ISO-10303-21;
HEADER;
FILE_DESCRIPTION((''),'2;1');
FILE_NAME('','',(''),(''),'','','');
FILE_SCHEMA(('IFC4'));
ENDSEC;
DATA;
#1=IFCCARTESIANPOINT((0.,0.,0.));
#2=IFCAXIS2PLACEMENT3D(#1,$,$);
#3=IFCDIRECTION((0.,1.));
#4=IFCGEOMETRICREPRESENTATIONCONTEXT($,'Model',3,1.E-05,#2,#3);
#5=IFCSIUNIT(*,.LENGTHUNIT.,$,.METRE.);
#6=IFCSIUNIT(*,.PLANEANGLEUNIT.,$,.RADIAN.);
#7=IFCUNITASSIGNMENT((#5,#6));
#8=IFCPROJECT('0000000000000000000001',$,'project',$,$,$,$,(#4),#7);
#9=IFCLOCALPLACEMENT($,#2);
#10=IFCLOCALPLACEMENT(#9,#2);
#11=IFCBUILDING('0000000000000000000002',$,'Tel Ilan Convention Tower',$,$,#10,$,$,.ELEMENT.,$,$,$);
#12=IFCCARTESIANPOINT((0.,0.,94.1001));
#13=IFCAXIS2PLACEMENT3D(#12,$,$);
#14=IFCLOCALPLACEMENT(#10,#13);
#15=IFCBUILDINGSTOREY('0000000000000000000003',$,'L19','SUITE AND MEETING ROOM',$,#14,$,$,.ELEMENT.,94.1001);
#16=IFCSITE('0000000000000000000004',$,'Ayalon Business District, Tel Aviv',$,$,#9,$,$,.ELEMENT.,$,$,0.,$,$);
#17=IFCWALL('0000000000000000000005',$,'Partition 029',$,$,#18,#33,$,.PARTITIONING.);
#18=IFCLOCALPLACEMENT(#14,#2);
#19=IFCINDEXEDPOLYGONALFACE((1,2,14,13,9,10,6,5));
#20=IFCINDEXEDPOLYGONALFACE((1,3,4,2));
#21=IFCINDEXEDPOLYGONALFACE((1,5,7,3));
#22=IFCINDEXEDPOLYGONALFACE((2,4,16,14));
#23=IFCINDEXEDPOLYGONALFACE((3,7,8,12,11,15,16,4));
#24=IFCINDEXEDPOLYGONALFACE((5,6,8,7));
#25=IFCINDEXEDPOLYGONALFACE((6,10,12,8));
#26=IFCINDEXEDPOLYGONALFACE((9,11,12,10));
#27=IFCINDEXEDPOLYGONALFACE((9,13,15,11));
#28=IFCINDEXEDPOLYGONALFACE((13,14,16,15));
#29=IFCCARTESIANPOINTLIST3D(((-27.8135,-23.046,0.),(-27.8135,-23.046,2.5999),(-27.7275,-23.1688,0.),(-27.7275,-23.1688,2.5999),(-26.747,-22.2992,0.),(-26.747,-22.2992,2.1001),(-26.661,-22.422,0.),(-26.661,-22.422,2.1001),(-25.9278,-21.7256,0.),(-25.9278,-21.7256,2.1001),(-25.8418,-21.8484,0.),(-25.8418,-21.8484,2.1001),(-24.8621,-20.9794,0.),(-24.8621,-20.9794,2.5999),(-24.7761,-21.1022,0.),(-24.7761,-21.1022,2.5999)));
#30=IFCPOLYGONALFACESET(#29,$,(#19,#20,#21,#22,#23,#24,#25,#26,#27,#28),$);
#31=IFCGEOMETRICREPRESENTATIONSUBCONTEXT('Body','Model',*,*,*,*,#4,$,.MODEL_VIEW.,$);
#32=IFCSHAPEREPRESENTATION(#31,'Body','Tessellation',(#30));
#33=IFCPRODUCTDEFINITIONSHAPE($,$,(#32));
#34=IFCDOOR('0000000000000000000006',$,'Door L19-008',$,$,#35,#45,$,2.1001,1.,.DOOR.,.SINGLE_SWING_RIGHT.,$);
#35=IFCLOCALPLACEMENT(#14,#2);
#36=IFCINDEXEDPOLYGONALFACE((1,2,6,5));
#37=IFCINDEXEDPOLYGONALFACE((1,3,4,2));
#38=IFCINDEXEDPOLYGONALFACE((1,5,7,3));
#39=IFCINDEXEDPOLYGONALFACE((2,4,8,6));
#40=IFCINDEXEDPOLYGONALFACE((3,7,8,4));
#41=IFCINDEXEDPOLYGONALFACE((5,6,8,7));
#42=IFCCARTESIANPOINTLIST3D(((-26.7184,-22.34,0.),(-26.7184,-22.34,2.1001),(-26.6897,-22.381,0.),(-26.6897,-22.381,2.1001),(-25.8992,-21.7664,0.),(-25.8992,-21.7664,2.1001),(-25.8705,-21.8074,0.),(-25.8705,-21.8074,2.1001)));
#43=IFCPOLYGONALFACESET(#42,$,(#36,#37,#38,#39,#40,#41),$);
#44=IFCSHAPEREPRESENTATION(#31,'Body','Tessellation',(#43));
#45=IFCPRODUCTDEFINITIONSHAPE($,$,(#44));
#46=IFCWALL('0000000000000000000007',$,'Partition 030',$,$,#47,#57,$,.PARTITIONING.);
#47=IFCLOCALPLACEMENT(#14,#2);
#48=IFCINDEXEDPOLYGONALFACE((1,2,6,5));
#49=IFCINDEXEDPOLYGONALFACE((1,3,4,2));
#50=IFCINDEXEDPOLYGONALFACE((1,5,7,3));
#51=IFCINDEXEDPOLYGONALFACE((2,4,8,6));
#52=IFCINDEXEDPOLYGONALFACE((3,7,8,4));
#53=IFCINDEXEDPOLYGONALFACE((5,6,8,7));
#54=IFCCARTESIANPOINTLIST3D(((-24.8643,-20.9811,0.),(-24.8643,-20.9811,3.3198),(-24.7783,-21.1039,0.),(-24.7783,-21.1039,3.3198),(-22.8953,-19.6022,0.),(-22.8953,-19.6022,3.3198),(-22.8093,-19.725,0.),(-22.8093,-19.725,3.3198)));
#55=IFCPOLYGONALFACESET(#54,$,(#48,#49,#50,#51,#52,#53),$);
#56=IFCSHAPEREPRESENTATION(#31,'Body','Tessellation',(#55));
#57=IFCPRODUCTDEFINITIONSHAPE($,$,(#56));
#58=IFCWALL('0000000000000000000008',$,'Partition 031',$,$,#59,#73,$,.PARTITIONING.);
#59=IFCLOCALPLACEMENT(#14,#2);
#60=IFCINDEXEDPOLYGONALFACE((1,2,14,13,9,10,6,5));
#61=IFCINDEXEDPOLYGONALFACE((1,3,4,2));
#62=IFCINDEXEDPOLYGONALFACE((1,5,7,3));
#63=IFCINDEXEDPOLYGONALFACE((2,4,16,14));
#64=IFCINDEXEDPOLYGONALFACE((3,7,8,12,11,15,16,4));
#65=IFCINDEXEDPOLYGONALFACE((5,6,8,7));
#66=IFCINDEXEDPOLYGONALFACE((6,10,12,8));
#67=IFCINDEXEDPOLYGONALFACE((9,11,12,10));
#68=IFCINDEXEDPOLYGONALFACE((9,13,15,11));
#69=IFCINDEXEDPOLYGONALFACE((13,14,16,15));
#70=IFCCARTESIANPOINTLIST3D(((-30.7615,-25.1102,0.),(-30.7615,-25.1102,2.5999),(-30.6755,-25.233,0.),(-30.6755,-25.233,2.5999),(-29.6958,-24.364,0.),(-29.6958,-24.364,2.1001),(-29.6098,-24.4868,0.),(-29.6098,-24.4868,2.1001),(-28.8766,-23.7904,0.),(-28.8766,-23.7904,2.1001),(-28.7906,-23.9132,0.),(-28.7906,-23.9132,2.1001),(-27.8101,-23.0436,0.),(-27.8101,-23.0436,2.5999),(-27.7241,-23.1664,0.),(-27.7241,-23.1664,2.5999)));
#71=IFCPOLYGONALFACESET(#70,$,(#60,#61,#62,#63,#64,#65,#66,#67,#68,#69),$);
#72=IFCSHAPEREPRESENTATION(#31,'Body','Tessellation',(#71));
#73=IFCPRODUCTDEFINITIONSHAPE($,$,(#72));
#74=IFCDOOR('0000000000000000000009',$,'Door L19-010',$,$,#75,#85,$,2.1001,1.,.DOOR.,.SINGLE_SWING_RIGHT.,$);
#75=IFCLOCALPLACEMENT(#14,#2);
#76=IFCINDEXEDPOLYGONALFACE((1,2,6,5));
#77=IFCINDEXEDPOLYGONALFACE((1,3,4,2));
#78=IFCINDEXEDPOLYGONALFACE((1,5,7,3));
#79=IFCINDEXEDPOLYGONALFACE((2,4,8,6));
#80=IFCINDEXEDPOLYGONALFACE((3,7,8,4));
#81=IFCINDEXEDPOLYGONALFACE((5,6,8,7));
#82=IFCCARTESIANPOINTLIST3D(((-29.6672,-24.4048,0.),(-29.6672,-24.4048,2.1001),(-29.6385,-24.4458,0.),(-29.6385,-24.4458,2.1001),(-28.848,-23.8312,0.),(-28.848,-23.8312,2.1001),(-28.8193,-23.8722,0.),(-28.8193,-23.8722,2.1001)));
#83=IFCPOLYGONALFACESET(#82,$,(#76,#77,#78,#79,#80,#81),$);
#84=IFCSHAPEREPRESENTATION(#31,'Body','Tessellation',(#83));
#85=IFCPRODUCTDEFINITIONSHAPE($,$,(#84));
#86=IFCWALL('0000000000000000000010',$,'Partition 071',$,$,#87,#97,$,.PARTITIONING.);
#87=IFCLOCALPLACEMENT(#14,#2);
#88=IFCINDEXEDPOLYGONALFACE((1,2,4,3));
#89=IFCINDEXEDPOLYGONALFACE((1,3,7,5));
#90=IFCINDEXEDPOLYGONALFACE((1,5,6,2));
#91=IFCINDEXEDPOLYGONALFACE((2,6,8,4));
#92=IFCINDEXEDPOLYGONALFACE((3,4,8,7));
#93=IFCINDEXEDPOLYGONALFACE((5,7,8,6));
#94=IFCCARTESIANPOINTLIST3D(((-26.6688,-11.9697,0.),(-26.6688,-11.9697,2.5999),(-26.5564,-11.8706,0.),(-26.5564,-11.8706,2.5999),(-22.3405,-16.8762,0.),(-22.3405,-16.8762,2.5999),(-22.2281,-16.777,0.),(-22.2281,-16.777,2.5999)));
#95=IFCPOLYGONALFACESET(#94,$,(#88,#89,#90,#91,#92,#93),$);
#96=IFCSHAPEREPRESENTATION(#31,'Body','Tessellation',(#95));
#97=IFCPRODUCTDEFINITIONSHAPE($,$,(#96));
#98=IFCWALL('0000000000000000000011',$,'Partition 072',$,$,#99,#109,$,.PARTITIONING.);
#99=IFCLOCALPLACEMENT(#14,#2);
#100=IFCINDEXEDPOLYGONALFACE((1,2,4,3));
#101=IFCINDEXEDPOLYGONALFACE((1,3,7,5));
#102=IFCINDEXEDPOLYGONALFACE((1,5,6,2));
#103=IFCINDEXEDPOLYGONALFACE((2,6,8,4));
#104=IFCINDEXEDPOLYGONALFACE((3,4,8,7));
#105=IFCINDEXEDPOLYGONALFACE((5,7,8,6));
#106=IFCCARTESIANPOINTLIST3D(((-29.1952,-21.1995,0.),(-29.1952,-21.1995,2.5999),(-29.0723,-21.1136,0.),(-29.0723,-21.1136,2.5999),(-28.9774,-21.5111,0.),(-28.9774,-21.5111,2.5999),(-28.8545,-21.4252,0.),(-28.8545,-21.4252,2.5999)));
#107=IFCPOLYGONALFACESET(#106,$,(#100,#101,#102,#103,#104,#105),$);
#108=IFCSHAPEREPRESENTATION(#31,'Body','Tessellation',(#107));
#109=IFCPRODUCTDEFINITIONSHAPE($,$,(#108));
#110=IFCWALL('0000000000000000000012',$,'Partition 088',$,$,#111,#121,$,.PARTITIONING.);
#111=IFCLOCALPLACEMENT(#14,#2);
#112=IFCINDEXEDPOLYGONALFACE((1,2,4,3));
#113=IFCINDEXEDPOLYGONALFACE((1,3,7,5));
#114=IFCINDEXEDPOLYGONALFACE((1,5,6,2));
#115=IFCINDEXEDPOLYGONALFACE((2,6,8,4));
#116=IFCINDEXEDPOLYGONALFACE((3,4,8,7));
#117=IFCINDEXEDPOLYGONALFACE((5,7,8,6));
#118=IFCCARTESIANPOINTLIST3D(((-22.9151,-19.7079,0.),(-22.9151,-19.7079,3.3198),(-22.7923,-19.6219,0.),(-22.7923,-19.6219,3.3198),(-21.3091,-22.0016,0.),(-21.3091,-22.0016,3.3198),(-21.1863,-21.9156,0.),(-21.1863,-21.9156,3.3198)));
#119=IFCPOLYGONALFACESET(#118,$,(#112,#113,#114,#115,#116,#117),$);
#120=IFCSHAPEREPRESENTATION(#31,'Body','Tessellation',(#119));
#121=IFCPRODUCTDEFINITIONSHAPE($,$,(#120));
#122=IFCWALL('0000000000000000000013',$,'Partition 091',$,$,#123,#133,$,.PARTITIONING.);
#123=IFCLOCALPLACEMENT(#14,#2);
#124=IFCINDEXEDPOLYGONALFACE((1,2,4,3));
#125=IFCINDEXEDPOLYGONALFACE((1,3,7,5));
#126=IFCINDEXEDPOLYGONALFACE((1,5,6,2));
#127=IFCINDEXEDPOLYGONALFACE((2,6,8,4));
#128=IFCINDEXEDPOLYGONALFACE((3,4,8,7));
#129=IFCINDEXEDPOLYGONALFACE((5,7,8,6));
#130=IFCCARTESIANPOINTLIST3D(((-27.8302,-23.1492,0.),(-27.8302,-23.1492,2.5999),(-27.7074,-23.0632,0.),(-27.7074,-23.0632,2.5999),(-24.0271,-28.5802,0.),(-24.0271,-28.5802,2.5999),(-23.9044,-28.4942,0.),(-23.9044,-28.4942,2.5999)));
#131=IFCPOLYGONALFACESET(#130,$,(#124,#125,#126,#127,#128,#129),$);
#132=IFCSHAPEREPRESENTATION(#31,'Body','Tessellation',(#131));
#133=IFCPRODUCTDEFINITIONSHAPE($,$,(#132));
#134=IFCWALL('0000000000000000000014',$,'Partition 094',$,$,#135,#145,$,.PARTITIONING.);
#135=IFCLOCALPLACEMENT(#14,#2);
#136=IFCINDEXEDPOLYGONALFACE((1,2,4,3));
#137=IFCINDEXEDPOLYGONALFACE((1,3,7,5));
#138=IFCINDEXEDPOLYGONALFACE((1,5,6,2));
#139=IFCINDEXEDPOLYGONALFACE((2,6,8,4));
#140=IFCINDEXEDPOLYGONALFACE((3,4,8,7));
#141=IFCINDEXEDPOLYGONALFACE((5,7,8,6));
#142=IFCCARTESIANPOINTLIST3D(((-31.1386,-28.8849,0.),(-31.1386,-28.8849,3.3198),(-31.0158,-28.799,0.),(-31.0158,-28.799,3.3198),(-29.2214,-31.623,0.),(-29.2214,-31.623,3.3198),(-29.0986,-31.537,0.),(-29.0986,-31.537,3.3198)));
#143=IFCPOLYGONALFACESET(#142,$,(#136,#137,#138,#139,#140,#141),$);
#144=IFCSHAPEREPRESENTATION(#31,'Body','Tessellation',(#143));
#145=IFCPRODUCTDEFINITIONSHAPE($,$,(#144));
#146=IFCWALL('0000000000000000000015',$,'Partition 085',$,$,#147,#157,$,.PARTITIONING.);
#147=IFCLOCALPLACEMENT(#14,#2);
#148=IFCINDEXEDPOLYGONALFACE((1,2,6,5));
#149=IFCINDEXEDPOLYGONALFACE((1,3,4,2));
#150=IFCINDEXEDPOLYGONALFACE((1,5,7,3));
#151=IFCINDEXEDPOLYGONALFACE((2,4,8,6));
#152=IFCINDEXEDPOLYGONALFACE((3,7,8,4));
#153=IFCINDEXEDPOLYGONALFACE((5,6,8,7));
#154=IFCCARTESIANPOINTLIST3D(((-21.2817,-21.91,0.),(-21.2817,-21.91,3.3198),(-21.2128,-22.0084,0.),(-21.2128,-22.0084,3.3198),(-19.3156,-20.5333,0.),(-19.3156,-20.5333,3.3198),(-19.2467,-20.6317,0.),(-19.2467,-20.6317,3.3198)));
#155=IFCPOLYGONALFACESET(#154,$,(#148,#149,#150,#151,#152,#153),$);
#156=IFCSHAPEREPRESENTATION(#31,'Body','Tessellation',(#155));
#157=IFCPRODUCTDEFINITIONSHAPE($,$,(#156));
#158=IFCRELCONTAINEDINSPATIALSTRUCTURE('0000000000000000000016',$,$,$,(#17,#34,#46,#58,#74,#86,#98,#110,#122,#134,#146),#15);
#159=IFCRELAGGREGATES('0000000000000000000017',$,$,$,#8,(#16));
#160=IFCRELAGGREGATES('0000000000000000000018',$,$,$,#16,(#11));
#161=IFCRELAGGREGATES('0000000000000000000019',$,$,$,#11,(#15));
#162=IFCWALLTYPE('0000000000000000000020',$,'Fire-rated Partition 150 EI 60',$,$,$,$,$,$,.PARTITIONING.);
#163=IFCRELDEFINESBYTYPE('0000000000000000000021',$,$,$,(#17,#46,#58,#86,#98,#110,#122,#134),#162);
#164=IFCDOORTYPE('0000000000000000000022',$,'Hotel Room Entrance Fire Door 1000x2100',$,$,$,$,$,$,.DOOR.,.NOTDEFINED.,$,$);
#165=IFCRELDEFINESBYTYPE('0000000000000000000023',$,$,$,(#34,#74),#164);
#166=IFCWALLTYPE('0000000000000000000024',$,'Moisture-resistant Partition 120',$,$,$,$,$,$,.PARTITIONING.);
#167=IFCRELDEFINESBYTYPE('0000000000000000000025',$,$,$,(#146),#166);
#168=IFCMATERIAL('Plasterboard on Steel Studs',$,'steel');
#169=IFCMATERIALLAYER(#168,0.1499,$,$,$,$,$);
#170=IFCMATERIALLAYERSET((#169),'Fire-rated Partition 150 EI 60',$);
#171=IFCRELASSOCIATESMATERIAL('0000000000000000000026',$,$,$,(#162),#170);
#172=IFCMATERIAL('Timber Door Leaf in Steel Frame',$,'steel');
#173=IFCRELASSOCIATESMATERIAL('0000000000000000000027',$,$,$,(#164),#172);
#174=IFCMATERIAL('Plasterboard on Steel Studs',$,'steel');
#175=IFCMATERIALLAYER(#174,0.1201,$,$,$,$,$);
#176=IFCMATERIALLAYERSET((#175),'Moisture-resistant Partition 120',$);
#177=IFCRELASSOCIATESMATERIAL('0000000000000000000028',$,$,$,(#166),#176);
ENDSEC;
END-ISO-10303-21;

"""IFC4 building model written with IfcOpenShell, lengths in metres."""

from ifc_helpers import new_model, si_unit, direction, frame, frame_2d, origin, place, context, subcontext, project, spatial, rectangle, extrude, material, layer, layer_set, type_object, element, fill, save


model = new_model("IFC4")

# Units and contexts
model_context = context("Model", 3, precision=1e-05, world=origin(), true_north=direction((0.0, 1.0)))
body_context = subcontext(model_context, "Body", "Model", "MODEL_VIEW")
ifc_project = project(units=[si_unit("LENGTHUNIT", "METRE"), si_unit("PLANEANGLEUNIT", "RADIAN")], contexts=[model_context])

# Site, building, storey
site_placement = place(None, origin())
site = spatial("IfcSite", under=ifc_project, at=site_placement, Name="Ayalon Business District, Tel Aviv", CompositionType="ELEMENT", RefElevation=0.0)
building_placement = place(site_placement, origin())
building = spatial("IfcBuilding", under=site, at=building_placement, Name="Tel Ilan Convention Tower", CompositionType="ELEMENT")
storey_placement = place(building_placement, frame((0.0, 0.0, 94.1001)))
storey = spatial("IfcBuildingStorey", under=building, at=storey_placement, Name="L19", Description="SUITE AND MEETING ROOM", CompositionType="ELEMENT", Elevation=94.1001)

# Shared definitions
ifc_material_1 = material(Name="Plasterboard on Steel Studs", Category="steel")
ifc_layer_1 = layer(ifc_material_1, 0.1499)
ifc_layer_set_1 = layer_set([ifc_layer_1], Name="Fire-rated Partition 150 EI 60")
wall_type_1 = type_object("IfcWallType", Name="Fire-rated Partition 150 EI 60", PredefinedType="PARTITIONING", material=ifc_layer_set_1)

# Wall, opening, door
wall_1_placement = place(storey_placement, frame((-24.8191, -21.0408, 0.0), z_axis=(0.0, 0.0, 1.0), x_axis=(-0.819146, -0.573585, 0.0)))
wall_1 = element("IfcWall", 1, at=wall_1_placement, inside=storey, type_object=wall_type_1, Name="Partition 029", PredefinedType="PARTITIONING", context=body_context, shape_type="SweptSolid", body=[
    extrude(rectangle(XDim=3.603, YDim=0.1499, at=frame_2d((1.8015, 0.0))), origin(), (0.0, 0.0, 1.0), 2.5999),
])
opening_1_placement = place(wall_1_placement, frame((1.301, 0.0, 0.0)))
opening_1 = element("IfcOpeningElement", 2, at=opening_1_placement, cuts=wall_1, PredefinedType="OPENING", context=body_context, shape_type="SweptSolid", body=[
    extrude(rectangle(XDim=1.0, YDim=2.1001, at=frame_2d((0.5, 1.05))), frame((0.0, 0.085, 0.0), z_axis=(0.0, -1.0, 0.0), x_axis=(1.0, 0.0, 0.0)), (0.0, 0.0, 1.0), 0.1699),
])
ifc_material_2 = material(Name="Timber Door Leaf in Steel Frame", Category="steel")
door_type_1 = type_object("IfcDoorType", Name="Hotel Room Entrance Fire Door 1000x2100", OperationType="NOTDEFINED", PredefinedType="DOOR", material=ifc_material_2)
door_1_placement = place(opening_1_placement, origin())
door_1 = element("IfcDoor", 3, at=door_1_placement, inside=storey, type_object=door_type_1, Name="Door L19-008", OperationType="SINGLE_SWING_RIGHT", OverallHeight=2.1001, OverallWidth=1.0, PredefinedType="DOOR", context=body_context, shape_type="SweptSolid", body=[
    extrude(rectangle(XDim=1.0, YDim=2.1001, at=frame_2d((0.5, 1.05))), frame((0.0, 0.0249, 0.0), z_axis=(0.0, -1.0, 0.0), x_axis=(1.0, 0.0, 0.0)), (0.0, 0.0, 1.0), 0.05),
])
fill(opening_1, door_1)

# Wall
wall_2_placement = place(storey_placement, frame((-22.8523, -19.6636, 0.0), z_axis=(0.0, 0.0, 1.0), x_axis=(-0.819113, -0.573633, 0.0)))
element("IfcWall", 4, at=wall_2_placement, inside=storey, type_object=wall_type_1, Name="Partition 030", PredefinedType="PARTITIONING", context=body_context, shape_type="SweptSolid", body=[
    extrude(rectangle(XDim=2.4038, YDim=0.1499, at=frame_2d((1.2019, 0.0))), origin(), (0.0, 0.0, 1.0), 3.3198),
])

# Wall, opening, door
wall_3_placement = place(storey_placement, frame((-27.7671, -23.105, 0.0), z_axis=(0.0, 0.0, 1.0), x_axis=(-0.819146, -0.573585, 0.0)))
wall_3 = element("IfcWall", 5, at=wall_3_placement, inside=storey, type_object=wall_type_1, Name="Partition 031", PredefinedType="PARTITIONING", context=body_context, shape_type="SweptSolid", body=[
    extrude(rectangle(XDim=3.603, YDim=0.1499, at=frame_2d((1.8015, 0.0))), origin(), (0.0, 0.0, 1.0), 2.5999),
])
opening_2_placement = place(wall_3_placement, frame((1.302, 0.0, 0.0)))
opening_2 = element("IfcOpeningElement", 6, at=opening_2_placement, cuts=wall_3, PredefinedType="OPENING", context=body_context, shape_type="SweptSolid", body=[
    extrude(rectangle(XDim=1.0, YDim=2.1001, at=frame_2d((0.5, 1.05))), frame((0.0, 0.085, 0.0), z_axis=(0.0, -1.0, 0.0), x_axis=(1.0, 0.0, 0.0)), (0.0, 0.0, 1.0), 0.1699),
])
door_2_placement = place(opening_2_placement, origin())
door_2 = element("IfcDoor", 7, at=door_2_placement, inside=storey, type_object=door_type_1, Name="Door L19-010", OperationType="SINGLE_SWING_RIGHT", OverallHeight=2.1001, OverallWidth=1.0, PredefinedType="DOOR", context=body_context, shape_type="SweptSolid", body=[
    extrude(rectangle(XDim=1.0, YDim=2.1001, at=frame_2d((0.5, 1.05))), frame((0.0, 0.0249, 0.0), z_axis=(0.0, -1.0, 0.0), x_axis=(1.0, 0.0, 0.0)), (0.0, 0.0, 1.0), 0.05),
])
fill(opening_2, door_2)

# Walls
wall_4_placement = place(storey_placement, frame((-22.2842, -16.8267, 0.0), z_axis=(0.0, 0.0, 1.0), x_axis=(-0.661545, 0.749905, 0.0)))
element("IfcWall", 8, at=wall_4_placement, inside=storey, type_object=wall_type_1, Name="Partition 071", PredefinedType="PARTITIONING", context=body_context, shape_type="SweptSolid", body=[
    extrude(rectangle(XDim=6.5427, YDim=0.1499, at=frame_2d((3.2715, 0.0))), origin(), (0.0, 0.0, 1.0), 2.5999),
])
wall_5_placement = place(storey_placement, frame((-28.916, -21.468, 0.0), z_axis=(0.0, 0.0, 1.0), x_axis=(-0.572945, 0.819594, 0.0)))
element("IfcWall", 9, at=wall_5_placement, inside=storey, type_object=wall_type_1, Name="Partition 072", PredefinedType="PARTITIONING", context=body_context, shape_type="SweptSolid", body=[
    extrude(rectangle(XDim=0.3801, YDim=0.1499, at=frame_2d((0.1899, 0.0))), origin(), (0.0, 0.0, 1.0), 2.5999),
])
wall_6_placement = place(storey_placement, frame((-21.2478, -21.9585, 0.0), z_axis=(0.0, 0.0, 1.0), x_axis=(-0.57355, 0.81917, 0.0)))
element("IfcWall", 10, at=wall_6_placement, inside=storey, type_object=wall_type_1, Name="Partition 088", PredefinedType="PARTITIONING", context=body_context, shape_type="SweptSolid", body=[
    extrude(rectangle(XDim=2.8, YDim=0.1499, at=frame_2d((1.3999, 0.0))), origin(), (0.0, 0.0, 1.0), 3.3198),
])
wall_7_placement = place(storey_placement, frame((-23.9658, -28.5371, 0.0), z_axis=(0.0, 0.0, 1.0), x_axis=(-0.573598, 0.819137, 0.0)))
element("IfcWall", 11, at=wall_7_placement, inside=storey, type_object=wall_type_1, Name="Partition 091", PredefinedType="PARTITIONING", context=body_context, shape_type="SweptSolid", body=[
    extrude(rectangle(XDim=6.6301, YDim=0.1499, at=frame_2d((3.3149, 0.0))), origin(), (0.0, 0.0, 1.0), 2.5999),
])
wall_8_placement = place(storey_placement, frame((-29.1599, -31.5801, 0.0), z_axis=(0.0, 0.0, 1.0), x_axis=(-0.573585, 0.819146, 0.0)))
element("IfcWall", 12, at=wall_8_placement, inside=storey, type_object=wall_type_1, Name="Partition 094", PredefinedType="PARTITIONING", context=body_context, shape_type="SweptSolid", body=[
    extrude(rectangle(XDim=3.3425, YDim=0.1499, at=frame_2d((1.6714, 0.0))), origin(), (0.0, 0.0, 1.0), 3.3198),
])
ifc_material_3 = material(Name="Plasterboard on Steel Studs", Category="steel")
ifc_layer_2 = layer(ifc_material_3, 0.1201)
ifc_layer_set_2 = layer_set([ifc_layer_2], Name="Moisture-resistant Partition 120")
wall_type_2 = type_object("IfcWallType", Name="Moisture-resistant Partition 120", PredefinedType="PARTITIONING", material=ifc_layer_set_2)
wall_9_placement = place(storey_placement, frame((-21.2473, -21.9592, 0.0), z_axis=(0.0, 0.0, 1.0), x_axis=(0.819141, 0.573592, 0.0)))
element("IfcWall", 13, at=wall_9_placement, inside=storey, type_object=wall_type_2, Name="Partition 085", PredefinedType="PARTITIONING", context=body_context, shape_type="SweptSolid", body=[
    extrude(rectangle(XDim=2.4001, YDim=0.1201, at=frame_2d((1.2002, 0.0))), origin(), (0.0, 0.0, 1.0), 3.3198),
])

save(model, "model.ifc")
